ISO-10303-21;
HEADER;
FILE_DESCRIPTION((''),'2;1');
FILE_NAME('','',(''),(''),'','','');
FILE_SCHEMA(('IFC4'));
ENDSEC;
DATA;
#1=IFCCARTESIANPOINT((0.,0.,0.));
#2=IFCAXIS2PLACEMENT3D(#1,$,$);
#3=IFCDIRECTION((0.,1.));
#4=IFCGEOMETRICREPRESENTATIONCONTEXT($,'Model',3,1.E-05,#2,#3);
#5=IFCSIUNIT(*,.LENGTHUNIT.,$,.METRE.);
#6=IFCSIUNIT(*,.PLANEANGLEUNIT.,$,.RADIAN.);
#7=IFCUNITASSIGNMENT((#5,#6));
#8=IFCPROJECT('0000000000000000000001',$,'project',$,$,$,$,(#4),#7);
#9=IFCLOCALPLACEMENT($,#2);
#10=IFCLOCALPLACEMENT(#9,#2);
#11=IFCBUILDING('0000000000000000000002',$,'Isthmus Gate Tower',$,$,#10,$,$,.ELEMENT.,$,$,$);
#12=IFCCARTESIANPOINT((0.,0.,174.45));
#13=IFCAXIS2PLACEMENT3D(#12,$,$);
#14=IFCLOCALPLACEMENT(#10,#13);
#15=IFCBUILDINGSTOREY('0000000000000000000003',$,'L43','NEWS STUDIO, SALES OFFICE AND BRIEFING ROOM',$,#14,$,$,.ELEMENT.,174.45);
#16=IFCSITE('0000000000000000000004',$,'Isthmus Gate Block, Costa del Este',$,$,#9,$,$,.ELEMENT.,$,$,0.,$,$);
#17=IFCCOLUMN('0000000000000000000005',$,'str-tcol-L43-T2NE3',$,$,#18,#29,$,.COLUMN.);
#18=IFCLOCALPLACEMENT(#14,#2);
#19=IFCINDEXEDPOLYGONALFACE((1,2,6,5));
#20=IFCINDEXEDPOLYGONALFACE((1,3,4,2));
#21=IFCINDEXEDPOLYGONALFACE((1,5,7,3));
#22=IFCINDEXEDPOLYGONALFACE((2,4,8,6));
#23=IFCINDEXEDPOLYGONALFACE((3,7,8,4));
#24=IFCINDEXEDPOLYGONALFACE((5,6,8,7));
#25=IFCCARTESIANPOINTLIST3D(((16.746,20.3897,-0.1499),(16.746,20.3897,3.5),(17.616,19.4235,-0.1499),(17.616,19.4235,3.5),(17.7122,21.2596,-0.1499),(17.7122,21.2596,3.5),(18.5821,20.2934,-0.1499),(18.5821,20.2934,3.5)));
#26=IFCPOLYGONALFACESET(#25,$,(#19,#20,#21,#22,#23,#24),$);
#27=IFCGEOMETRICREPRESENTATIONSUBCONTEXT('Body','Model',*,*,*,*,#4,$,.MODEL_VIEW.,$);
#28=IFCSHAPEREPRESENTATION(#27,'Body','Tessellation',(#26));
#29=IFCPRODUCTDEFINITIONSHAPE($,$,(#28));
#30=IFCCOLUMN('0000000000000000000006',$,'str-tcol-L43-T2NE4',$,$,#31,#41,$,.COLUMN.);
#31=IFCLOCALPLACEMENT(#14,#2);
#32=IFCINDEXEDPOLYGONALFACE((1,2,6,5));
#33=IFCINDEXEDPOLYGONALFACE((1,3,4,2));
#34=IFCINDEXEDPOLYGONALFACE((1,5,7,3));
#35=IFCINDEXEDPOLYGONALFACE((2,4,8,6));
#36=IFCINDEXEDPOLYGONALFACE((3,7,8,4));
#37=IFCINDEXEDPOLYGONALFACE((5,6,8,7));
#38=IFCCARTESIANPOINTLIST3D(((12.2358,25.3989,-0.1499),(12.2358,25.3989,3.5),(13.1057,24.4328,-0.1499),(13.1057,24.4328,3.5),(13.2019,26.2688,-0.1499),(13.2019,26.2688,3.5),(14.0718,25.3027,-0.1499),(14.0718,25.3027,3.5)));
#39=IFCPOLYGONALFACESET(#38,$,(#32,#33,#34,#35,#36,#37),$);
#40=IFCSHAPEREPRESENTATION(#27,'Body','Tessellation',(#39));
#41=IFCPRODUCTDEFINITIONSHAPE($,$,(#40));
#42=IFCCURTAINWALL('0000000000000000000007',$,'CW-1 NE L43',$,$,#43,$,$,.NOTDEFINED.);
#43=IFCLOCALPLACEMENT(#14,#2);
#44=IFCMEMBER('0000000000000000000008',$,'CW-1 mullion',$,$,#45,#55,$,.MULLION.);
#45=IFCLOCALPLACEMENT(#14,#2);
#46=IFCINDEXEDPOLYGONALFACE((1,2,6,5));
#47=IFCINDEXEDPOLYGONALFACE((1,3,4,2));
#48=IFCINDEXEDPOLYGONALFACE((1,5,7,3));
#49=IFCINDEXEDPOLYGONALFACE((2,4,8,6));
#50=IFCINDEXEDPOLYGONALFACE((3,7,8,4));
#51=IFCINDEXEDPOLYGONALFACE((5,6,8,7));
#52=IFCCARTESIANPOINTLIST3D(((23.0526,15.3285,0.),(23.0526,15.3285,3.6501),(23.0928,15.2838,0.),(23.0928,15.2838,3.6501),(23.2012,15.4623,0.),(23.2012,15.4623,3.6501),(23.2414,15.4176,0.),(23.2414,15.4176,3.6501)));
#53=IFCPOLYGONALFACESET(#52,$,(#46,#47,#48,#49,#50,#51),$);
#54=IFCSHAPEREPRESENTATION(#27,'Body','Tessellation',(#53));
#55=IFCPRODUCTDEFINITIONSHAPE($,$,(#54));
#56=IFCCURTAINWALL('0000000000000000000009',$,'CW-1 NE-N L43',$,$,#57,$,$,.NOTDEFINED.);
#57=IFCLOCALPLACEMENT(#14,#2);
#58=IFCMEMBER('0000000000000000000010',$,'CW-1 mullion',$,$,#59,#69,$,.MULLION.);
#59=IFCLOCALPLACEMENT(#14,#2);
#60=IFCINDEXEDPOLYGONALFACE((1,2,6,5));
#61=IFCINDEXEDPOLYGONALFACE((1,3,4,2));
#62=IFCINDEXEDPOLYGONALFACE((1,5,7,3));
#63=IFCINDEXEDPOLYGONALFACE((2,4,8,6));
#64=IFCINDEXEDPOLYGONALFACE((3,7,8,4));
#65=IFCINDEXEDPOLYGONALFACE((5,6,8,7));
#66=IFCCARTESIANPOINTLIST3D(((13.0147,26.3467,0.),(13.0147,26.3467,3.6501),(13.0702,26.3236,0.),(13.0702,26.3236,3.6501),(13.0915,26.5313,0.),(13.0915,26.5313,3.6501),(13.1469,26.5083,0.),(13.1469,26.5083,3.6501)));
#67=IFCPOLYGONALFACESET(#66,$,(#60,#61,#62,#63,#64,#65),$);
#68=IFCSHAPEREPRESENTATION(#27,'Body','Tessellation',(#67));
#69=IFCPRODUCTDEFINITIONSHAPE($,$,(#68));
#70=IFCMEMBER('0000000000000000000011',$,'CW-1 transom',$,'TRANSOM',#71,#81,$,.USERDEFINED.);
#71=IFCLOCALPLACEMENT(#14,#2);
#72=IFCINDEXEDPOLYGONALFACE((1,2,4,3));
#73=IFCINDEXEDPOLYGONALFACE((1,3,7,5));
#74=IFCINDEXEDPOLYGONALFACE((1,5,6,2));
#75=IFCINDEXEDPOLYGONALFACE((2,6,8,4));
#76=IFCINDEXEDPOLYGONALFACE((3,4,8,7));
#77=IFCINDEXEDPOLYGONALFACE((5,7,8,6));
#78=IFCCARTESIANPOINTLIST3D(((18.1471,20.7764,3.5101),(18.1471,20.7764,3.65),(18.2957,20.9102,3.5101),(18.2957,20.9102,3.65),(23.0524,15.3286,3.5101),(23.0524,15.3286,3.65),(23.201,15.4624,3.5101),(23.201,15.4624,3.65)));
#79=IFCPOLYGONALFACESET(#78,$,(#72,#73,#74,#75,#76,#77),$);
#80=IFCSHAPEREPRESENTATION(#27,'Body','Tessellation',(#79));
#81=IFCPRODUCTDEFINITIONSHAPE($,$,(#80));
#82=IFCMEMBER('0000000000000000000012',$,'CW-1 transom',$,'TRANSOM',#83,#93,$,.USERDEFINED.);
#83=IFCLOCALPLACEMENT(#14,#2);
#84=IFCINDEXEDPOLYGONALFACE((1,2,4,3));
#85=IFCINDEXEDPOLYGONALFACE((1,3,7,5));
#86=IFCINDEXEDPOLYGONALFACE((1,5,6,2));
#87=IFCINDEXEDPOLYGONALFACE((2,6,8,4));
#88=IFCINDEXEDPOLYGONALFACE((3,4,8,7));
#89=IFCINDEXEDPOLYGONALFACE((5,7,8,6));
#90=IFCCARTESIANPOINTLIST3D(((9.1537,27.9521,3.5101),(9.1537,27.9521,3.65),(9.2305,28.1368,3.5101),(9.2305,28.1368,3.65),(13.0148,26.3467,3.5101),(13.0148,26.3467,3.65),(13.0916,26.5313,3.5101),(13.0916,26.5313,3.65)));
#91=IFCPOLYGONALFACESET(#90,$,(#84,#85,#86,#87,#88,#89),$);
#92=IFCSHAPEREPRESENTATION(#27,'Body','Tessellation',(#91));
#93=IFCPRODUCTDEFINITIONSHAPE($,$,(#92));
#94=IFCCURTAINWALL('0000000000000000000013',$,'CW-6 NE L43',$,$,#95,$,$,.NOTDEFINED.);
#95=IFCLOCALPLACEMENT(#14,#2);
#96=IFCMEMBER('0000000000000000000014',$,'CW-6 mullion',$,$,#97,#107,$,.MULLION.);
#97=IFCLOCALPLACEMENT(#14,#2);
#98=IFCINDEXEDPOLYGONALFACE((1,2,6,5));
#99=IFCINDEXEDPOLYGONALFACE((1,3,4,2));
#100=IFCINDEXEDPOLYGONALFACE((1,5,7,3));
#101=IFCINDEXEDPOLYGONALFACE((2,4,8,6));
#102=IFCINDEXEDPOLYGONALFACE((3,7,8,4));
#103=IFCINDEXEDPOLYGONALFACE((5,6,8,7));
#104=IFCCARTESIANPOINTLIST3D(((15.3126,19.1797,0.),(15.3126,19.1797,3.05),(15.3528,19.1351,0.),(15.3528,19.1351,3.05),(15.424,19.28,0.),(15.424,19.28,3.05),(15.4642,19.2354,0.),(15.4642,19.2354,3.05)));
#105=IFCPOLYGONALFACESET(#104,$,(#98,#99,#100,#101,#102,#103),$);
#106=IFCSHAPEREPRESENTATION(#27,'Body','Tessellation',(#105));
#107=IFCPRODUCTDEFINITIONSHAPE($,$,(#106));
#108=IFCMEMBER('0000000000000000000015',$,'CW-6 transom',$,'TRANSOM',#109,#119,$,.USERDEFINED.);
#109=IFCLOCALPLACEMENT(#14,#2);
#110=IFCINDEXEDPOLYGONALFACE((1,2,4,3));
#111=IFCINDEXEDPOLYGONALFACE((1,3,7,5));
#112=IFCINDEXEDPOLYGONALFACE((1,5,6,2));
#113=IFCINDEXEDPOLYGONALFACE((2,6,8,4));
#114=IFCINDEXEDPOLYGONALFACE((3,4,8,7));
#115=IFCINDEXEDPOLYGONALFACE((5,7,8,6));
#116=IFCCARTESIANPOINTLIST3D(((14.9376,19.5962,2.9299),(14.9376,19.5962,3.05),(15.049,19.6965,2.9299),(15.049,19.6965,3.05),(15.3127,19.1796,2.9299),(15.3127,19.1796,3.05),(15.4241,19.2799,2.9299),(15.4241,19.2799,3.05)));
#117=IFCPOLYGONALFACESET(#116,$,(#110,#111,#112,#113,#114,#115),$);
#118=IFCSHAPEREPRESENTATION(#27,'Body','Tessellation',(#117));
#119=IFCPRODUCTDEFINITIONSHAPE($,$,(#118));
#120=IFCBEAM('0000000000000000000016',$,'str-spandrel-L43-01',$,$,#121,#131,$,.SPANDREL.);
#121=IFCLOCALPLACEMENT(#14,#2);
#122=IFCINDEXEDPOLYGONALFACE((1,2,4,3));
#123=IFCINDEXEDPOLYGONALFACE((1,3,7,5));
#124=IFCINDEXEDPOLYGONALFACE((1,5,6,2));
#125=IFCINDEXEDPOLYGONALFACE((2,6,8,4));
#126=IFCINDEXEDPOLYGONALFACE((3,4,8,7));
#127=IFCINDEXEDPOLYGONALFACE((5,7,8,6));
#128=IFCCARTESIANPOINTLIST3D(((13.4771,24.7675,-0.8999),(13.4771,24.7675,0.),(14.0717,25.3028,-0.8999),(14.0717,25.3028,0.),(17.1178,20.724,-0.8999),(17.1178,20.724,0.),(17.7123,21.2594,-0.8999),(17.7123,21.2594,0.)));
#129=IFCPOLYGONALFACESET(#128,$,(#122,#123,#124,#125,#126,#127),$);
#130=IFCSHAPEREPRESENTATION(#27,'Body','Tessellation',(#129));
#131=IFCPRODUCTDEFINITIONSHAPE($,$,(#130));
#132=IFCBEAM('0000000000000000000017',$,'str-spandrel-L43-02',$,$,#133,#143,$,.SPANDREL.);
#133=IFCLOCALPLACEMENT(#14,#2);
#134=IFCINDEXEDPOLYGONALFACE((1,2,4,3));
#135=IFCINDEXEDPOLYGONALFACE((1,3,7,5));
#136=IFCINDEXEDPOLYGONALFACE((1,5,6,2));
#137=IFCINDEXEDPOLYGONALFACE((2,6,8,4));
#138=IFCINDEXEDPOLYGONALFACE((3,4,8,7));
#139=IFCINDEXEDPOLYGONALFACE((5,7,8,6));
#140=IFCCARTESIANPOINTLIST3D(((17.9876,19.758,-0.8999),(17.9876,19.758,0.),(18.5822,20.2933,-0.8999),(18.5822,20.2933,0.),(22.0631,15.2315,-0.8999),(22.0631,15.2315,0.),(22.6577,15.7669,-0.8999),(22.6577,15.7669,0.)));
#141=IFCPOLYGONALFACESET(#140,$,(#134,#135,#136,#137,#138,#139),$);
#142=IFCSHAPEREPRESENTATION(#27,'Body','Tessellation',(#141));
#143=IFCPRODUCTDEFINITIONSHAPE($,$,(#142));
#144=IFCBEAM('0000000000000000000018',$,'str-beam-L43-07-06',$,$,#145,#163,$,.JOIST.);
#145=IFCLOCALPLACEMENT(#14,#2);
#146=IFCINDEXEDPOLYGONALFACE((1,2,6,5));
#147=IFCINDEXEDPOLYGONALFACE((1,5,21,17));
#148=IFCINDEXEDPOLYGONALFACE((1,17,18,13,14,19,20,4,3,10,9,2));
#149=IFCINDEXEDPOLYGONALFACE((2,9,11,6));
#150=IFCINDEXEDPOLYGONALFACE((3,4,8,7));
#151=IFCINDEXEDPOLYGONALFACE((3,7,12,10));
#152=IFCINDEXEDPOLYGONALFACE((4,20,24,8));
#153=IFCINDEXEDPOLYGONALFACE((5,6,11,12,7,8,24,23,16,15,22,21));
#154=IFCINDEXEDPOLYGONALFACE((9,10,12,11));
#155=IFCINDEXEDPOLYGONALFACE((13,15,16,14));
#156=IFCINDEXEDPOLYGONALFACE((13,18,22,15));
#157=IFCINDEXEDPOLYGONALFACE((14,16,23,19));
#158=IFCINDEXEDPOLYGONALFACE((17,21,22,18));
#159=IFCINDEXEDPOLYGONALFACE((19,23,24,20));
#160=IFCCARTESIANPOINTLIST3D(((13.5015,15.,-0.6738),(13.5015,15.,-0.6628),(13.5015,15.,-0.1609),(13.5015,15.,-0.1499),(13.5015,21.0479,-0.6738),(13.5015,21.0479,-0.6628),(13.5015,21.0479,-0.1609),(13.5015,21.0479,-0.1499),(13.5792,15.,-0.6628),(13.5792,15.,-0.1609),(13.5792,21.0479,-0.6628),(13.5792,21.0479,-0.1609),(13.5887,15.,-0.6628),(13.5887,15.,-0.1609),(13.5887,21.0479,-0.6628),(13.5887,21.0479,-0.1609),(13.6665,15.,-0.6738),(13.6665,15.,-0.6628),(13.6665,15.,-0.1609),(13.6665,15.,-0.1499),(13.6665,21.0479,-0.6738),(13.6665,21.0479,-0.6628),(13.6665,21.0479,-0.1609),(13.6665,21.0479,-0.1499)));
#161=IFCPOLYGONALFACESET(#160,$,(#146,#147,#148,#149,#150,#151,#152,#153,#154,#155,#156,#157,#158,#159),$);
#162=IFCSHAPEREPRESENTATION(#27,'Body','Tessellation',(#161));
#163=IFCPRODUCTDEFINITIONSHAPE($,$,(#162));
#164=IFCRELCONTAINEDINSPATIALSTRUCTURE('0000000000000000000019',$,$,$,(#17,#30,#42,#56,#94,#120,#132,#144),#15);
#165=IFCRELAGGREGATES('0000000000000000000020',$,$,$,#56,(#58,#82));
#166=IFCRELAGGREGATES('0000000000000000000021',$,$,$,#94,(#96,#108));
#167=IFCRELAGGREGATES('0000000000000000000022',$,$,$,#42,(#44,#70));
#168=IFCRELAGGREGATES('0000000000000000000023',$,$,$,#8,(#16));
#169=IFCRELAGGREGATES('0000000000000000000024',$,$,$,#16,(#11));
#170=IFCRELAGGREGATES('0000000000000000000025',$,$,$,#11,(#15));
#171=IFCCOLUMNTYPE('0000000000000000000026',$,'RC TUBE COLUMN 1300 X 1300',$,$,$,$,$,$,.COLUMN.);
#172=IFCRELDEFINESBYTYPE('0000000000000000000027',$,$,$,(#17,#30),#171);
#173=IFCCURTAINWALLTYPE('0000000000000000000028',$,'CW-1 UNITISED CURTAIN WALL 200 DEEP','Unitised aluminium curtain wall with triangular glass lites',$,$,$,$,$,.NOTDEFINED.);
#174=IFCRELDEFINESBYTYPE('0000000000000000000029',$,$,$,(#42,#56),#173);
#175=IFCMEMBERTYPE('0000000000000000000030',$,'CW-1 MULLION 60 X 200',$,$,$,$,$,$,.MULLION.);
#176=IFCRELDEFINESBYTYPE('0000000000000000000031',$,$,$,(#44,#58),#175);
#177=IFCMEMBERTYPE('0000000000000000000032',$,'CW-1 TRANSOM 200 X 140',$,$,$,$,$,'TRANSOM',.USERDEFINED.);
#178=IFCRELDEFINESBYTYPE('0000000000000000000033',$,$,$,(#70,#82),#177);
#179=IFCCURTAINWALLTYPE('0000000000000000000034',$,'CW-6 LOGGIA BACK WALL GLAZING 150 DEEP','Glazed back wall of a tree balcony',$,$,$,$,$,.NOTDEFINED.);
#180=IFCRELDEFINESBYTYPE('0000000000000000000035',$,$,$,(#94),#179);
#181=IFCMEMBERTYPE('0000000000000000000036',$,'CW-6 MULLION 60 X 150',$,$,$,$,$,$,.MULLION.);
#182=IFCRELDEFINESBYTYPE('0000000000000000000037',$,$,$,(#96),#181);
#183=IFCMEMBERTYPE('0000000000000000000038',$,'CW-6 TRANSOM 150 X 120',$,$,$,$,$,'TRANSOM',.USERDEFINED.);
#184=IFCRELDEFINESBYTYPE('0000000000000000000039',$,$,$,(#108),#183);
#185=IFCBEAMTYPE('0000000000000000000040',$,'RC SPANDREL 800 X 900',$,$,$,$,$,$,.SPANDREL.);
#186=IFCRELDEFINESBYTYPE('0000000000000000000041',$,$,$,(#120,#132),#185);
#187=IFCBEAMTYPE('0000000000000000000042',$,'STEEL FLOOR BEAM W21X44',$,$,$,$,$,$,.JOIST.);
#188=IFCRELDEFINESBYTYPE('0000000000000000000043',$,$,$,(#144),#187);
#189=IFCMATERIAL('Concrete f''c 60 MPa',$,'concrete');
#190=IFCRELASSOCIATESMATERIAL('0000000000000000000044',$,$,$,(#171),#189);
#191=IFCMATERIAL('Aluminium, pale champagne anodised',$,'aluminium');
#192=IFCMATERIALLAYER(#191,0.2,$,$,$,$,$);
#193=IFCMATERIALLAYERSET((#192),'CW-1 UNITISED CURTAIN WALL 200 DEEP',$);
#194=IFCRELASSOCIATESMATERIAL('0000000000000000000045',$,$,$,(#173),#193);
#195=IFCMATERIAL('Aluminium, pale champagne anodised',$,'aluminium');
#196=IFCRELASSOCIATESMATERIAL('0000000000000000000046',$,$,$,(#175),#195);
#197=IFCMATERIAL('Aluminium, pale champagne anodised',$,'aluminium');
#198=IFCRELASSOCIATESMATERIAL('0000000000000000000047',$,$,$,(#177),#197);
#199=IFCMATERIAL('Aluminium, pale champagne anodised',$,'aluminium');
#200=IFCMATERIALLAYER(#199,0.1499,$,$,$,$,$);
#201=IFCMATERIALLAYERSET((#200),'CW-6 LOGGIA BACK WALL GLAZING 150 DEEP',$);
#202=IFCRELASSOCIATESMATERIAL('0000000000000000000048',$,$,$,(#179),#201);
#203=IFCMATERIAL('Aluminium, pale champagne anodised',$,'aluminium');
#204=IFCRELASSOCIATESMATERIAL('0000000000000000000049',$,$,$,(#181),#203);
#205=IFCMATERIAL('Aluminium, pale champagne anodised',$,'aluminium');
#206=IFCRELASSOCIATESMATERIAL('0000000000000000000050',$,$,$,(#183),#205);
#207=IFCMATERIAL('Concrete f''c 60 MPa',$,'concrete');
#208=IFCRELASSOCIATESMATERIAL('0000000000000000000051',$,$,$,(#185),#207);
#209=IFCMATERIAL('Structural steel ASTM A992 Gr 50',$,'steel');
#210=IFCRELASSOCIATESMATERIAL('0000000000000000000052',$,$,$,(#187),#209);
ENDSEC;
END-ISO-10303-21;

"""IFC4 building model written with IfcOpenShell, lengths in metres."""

from ifc_helpers import new_model, si_unit, direction, frame, origin, origin_2d, place, context, subcontext, project, spatial, rectangle, i_section, extrude, material, layer, layer_set, material_profile, profile_set, type_object, element, aggregate, save


model = new_model("IFC4")

# Units and contexts
model_context = context("Model", 3, precision=1e-05, world=origin(), true_north=direction((0.0, 1.0)))
body_context = subcontext(model_context, "Body", "Model", "MODEL_VIEW")
ifc_project = project(units=[si_unit("LENGTHUNIT", "METRE"), si_unit("PLANEANGLEUNIT", "RADIAN")], contexts=[model_context])

# Site, building, storey
site_placement = place(None, origin())
site = spatial("IfcSite", under=ifc_project, at=site_placement, Name="Isthmus Gate Block, Costa del Este", CompositionType="ELEMENT", RefElevation=0.0)
building_placement = place(site_placement, origin())
building = spatial("IfcBuilding", under=site, at=building_placement, Name="Isthmus Gate Tower", CompositionType="ELEMENT")
storey_placement = place(building_placement, frame((0.0, 0.0, 174.45)))
storey = spatial("IfcBuildingStorey", under=building, at=storey_placement, Name="L43", Description="NEWS STUDIO, SALES OFFICE AND BRIEFING ROOM", CompositionType="ELEMENT", Elevation=174.45)

# Columns
ifc_material_1 = material(Name="Concrete f'c 60 MPa", Category="concrete")
ifc_material_profile_1 = material_profile(ifc_material_1, rectangle(XDim=1.3, YDim=1.3, at=origin_2d()), Name="RC 1300X1300")
ifc_profile_set_1 = profile_set([ifc_material_profile_1], Name="Concrete f'c 60 MPa")
column_type = type_object("IfcColumnType", Name="RC TUBE COLUMN 1300 X 1300", PredefinedType="COLUMN", material=ifc_profile_set_1)
for number, where, z_axis, x_axis, name in (
    (1, (17.6641, 20.3416, -0.1499), (0.0, 0.0, 1.0), (-0.669131, 0.743145, 0.0), "str-tcol-L43-T2NE3"),
    (2, (13.1538, 25.3508, -0.1499), (0.0, 0.0, 1.0), (-0.669131, 0.743145, 0.0), "str-tcol-L43-T2NE4"),
):
    element("IfcColumn", number, at=place(storey_placement, frame(where, z_axis=z_axis, x_axis=x_axis)), inside=storey, type_object=column_type, Name=name, PredefinedType="COLUMN", context=body_context, shape_type="SweptSolid", body=[
        extrude(rectangle(XDim=1.3, YDim=1.3, at=origin_2d()), origin(), (0.0, 0.0, 1.0), 3.6499),
    ])

# Curtain walls, members
ifc_material_2 = material(Name="Aluminium, pale champagne anodised", Category="aluminium")
ifc_layer_1 = layer(ifc_material_2, 0.2)
ifc_layer_set_1 = layer_set([ifc_layer_1], Name="CW-1 UNITISED CURTAIN WALL 200 DEEP")
curtain_wall_type_1 = type_object("IfcCurtainWallType", Name="CW-1 UNITISED CURTAIN WALL 200 DEEP", Description="Unitised aluminium curtain wall with triangular glass lites", PredefinedType="NOTDEFINED", material=ifc_layer_set_1)
curtain_wall_1_placement = place(storey_placement, origin())
curtain_wall_1 = element("IfcCurtainWall", 3, at=curtain_wall_1_placement, inside=storey, type_object=curtain_wall_type_1, Name="CW-1 NE L43", PredefinedType="NOTDEFINED")
ifc_material_3 = material(Name="Aluminium, pale champagne anodised", Category="aluminium")
ifc_material_profile_2 = material_profile(ifc_material_3, rectangle(XDim=0.0601, YDim=0.2, at=origin_2d()), Name="60x200")
ifc_profile_set_2 = profile_set([ifc_material_profile_2], Name="Aluminium, pale champagne anodised")
member_type_1 = type_object("IfcMemberType", Name="CW-1 MULLION 60 X 200", PredefinedType="MULLION", material=ifc_profile_set_2)
member_1_placement = place(storey_placement, frame((23.147, 15.373, 0.0), z_axis=(0.0, 0.0, 1.0), x_axis=(-0.669131, 0.743145, 0.0)))
member_1 = element("IfcMember", 4, at=member_1_placement, type_object=member_type_1, Name="CW-1 mullion", PredefinedType="MULLION", context=body_context, shape_type="SweptSolid", body=[
    extrude(rectangle(XDim=0.0601, YDim=0.2, at=origin_2d()), origin(), (0.0, 0.0, 1.0), 3.6501),
])
curtain_wall_2_placement = place(storey_placement, origin())
curtain_wall_2 = element("IfcCurtainWall", 5, at=curtain_wall_2_placement, inside=storey, type_object=curtain_wall_type_1, Name="CW-1 NE-N L43", PredefinedType="NOTDEFINED")
member_2_placement = place(storey_placement, frame((13.0808, 26.4275, 0.0), z_axis=(0.0, 0.0, 1.0), x_axis=(-0.923353, 0.383952, 0.0)))
member_2 = element("IfcMember", 6, at=member_2_placement, type_object=member_type_1, Name="CW-1 mullion", PredefinedType="MULLION", context=body_context, shape_type="SweptSolid", body=[
    extrude(rectangle(XDim=0.0601, YDim=0.2, at=origin_2d()), origin(), (0.0, 0.0, 1.0), 3.6501),
])

# Members
ifc_material_4 = material(Name="Aluminium, pale champagne anodised", Category="aluminium")
ifc_material_profile_3 = material_profile(ifc_material_4, rectangle(XDim=0.2, YDim=0.1399, at=origin_2d()), Name="200x140")
ifc_profile_set_3 = profile_set([ifc_material_profile_3], Name="Aluminium, pale champagne anodised")
member_type_2 = type_object("IfcMemberType", Name="CW-1 TRANSOM 200 X 140", ElementType="TRANSOM", PredefinedType="USERDEFINED", material=ifc_profile_set_3)
member_3_placement = place(storey_placement, frame((23.1267, 15.3955, 3.5801), z_axis=(-0.669138, 0.743138, 0.0), x_axis=(-0.743138, -0.669138, 0.0)))
member_3 = element("IfcMember", 7, at=member_3_placement, type_object=member_type_2, Name="CW-1 transom", ObjectType="TRANSOM", PredefinedType="USERDEFINED", context=body_context, shape_type="SweptSolid", body=[
    extrude(rectangle(XDim=0.2, YDim=0.1399, at=origin_2d()), origin(), (0.0, 0.0, 1.0), 7.3308),
])
member_4_placement = place(storey_placement, frame((13.0532, 26.439, 3.5801), z_axis=(-0.923358, 0.38394, 0.0), x_axis=(-0.38394, -0.923358, 0.0)))
member_4 = element("IfcMember", 8, at=member_4_placement, type_object=member_type_2, Name="CW-1 transom", ObjectType="TRANSOM", PredefinedType="USERDEFINED", context=body_context, shape_type="SweptSolid", body=[
    extrude(rectangle(XDim=0.2, YDim=0.1399, at=origin_2d()), origin(), (0.0, 0.0, 1.0), 4.1816),
])
aggregate(curtain_wall_2, [member_2, member_4])

# Curtain wall, members
ifc_material_5 = material(Name="Aluminium, pale champagne anodised", Category="aluminium")
ifc_layer_2 = layer(ifc_material_5, 0.1499)
ifc_layer_set_2 = layer_set([ifc_layer_2], Name="CW-6 LOGGIA BACK WALL GLAZING 150 DEEP")
curtain_wall_type_2 = type_object("IfcCurtainWallType", Name="CW-6 LOGGIA BACK WALL GLAZING 150 DEEP", Description="Glazed back wall of a tree balcony", PredefinedType="NOTDEFINED", material=ifc_layer_set_2)
curtain_wall_3_placement = place(storey_placement, origin())
curtain_wall_3 = element("IfcCurtainWall", 9, at=curtain_wall_3_placement, inside=storey, type_object=curtain_wall_type_2, Name="CW-6 NE L43", PredefinedType="NOTDEFINED")
ifc_material_6 = material(Name="Aluminium, pale champagne anodised", Category="aluminium")
ifc_material_profile_4 = material_profile(ifc_material_6, rectangle(XDim=0.0601, YDim=0.1499, at=origin_2d()), Name="60x150")
ifc_profile_set_4 = profile_set([ifc_material_profile_4], Name="Aluminium, pale champagne anodised")
member_type_3 = type_object("IfcMemberType", Name="CW-6 MULLION 60 X 150", PredefinedType="MULLION", material=ifc_profile_set_4)
member_5_placement = place(storey_placement, frame((15.3884, 19.2075, 0.0), z_axis=(0.0, 0.0, 1.0), x_axis=(-0.669131, 0.743145, 0.0)))
member_5 = element("IfcMember", 10, at=member_5_placement, type_object=member_type_3, Name="CW-6 mullion", PredefinedType="MULLION", context=body_context, shape_type="SweptSolid", body=[
    extrude(rectangle(XDim=0.0601, YDim=0.1499, at=origin_2d()), origin(), (0.0, 0.0, 1.0), 3.05),
])
ifc_material_7 = material(Name="Aluminium, pale champagne anodised", Category="aluminium")
ifc_material_profile_5 = material_profile(ifc_material_7, rectangle(XDim=0.1499, YDim=0.1201, at=origin_2d()), Name="150x120")
ifc_profile_set_5 = profile_set([ifc_material_profile_5], Name="Aluminium, pale champagne anodised")
member_type_4 = type_object("IfcMemberType", Name="CW-6 TRANSOM 150 X 120", ElementType="TRANSOM", PredefinedType="USERDEFINED", material=ifc_profile_set_5)
member_6_placement = place(storey_placement, frame((15.3684, 19.2297, 2.99), z_axis=(-0.669109, 0.743164, 0.0), x_axis=(-0.743164, -0.669109, 0.0)))
member_6 = element("IfcMember", 11, at=member_6_placement, type_object=member_type_4, Name="CW-6 transom", ObjectType="TRANSOM", PredefinedType="USERDEFINED", context=body_context, shape_type="SweptSolid", body=[
    extrude(rectangle(XDim=0.1499, YDim=0.1201, at=origin_2d()), origin(), (0.0, 0.0, 1.0), 0.5605),
])

# Beams
ifc_material_8 = material(Name="Concrete f'c 60 MPa", Category="concrete")
ifc_material_profile_6 = material_profile(ifc_material_8, rectangle(XDim=0.8, YDim=0.8999, at=origin_2d()), Name="RC 800X900")
ifc_profile_set_6 = profile_set([ifc_material_profile_6], Name="Concrete f'c 60 MPa")
beam_type_1 = type_object("IfcBeamType", Name="RC SPANDREL 800 X 900", PredefinedType="SPANDREL", material=ifc_profile_set_6)
beam_1_placement = place(storey_placement, frame((13.7744, 25.0352, -0.45), z_axis=(0.669118, -0.743156, 0.0), x_axis=(0.743156, 0.669118, 0.0)))
element("IfcBeam", 12, at=beam_1_placement, inside=storey, type_object=beam_type_1, Name="str-spandrel-L43-01", PredefinedType="SPANDREL", context=body_context, shape_type="SweptSolid", body=[
    extrude(rectangle(XDim=0.8, YDim=0.8999, at=origin_2d()), origin(), (0.0, 0.0, 1.0), 5.4409),
])
beam_2_placement = place(storey_placement, frame((18.2849, 20.0256, -0.45), z_axis=(0.66912, -0.743155, 0.0), x_axis=(0.743155, 0.66912, 0.0)))
element("IfcBeam", 13, at=beam_2_placement, inside=storey, type_object=beam_type_1, Name="str-spandrel-L43-02", PredefinedType="SPANDREL", context=body_context, shape_type="SweptSolid", body=[
    extrude(rectangle(XDim=0.8, YDim=0.8999, at=origin_2d()), origin(), (0.0, 0.0, 1.0), 6.0908),
])
ifc_material_9 = material(Name="Structural steel ASTM A992 Gr 50", Category="steel")
ifc_material_profile_7 = material_profile(ifc_material_9, i_section(OverallWidth=0.165, OverallDepth=0.5239, WebThickness=0.0095, FlangeThickness=0.011, at=origin_2d()), Name="W21X44")
ifc_profile_set_7 = profile_set([ifc_material_profile_7], Name="Structural steel ASTM A992 Gr 50")
beam_type_2 = type_object("IfcBeamType", Name="STEEL FLOOR BEAM W21X44", PredefinedType="JOIST", material=ifc_profile_set_7)
beam_3_placement = place(storey_placement, frame((13.584, 15.0, -0.4119), z_axis=(0.0, 1.0, 0.0), x_axis=(-1.0, 0.0, 0.0)))
element("IfcBeam", 14, at=beam_3_placement, inside=storey, type_object=beam_type_2, Name="str-beam-L43-07-06", PredefinedType="JOIST", context=body_context, shape_type="SweptSolid", body=[
    extrude(i_section(OverallWidth=0.165, OverallDepth=0.5239, WebThickness=0.0095, FlangeThickness=0.011, at=origin_2d()), origin(), (0.0, 0.0, 1.0), 6.0479),
])

aggregate(curtain_wall_3, [member_5, member_6])

aggregate(curtain_wall_1, [member_1, member_3])

save(model, "model.ifc")
